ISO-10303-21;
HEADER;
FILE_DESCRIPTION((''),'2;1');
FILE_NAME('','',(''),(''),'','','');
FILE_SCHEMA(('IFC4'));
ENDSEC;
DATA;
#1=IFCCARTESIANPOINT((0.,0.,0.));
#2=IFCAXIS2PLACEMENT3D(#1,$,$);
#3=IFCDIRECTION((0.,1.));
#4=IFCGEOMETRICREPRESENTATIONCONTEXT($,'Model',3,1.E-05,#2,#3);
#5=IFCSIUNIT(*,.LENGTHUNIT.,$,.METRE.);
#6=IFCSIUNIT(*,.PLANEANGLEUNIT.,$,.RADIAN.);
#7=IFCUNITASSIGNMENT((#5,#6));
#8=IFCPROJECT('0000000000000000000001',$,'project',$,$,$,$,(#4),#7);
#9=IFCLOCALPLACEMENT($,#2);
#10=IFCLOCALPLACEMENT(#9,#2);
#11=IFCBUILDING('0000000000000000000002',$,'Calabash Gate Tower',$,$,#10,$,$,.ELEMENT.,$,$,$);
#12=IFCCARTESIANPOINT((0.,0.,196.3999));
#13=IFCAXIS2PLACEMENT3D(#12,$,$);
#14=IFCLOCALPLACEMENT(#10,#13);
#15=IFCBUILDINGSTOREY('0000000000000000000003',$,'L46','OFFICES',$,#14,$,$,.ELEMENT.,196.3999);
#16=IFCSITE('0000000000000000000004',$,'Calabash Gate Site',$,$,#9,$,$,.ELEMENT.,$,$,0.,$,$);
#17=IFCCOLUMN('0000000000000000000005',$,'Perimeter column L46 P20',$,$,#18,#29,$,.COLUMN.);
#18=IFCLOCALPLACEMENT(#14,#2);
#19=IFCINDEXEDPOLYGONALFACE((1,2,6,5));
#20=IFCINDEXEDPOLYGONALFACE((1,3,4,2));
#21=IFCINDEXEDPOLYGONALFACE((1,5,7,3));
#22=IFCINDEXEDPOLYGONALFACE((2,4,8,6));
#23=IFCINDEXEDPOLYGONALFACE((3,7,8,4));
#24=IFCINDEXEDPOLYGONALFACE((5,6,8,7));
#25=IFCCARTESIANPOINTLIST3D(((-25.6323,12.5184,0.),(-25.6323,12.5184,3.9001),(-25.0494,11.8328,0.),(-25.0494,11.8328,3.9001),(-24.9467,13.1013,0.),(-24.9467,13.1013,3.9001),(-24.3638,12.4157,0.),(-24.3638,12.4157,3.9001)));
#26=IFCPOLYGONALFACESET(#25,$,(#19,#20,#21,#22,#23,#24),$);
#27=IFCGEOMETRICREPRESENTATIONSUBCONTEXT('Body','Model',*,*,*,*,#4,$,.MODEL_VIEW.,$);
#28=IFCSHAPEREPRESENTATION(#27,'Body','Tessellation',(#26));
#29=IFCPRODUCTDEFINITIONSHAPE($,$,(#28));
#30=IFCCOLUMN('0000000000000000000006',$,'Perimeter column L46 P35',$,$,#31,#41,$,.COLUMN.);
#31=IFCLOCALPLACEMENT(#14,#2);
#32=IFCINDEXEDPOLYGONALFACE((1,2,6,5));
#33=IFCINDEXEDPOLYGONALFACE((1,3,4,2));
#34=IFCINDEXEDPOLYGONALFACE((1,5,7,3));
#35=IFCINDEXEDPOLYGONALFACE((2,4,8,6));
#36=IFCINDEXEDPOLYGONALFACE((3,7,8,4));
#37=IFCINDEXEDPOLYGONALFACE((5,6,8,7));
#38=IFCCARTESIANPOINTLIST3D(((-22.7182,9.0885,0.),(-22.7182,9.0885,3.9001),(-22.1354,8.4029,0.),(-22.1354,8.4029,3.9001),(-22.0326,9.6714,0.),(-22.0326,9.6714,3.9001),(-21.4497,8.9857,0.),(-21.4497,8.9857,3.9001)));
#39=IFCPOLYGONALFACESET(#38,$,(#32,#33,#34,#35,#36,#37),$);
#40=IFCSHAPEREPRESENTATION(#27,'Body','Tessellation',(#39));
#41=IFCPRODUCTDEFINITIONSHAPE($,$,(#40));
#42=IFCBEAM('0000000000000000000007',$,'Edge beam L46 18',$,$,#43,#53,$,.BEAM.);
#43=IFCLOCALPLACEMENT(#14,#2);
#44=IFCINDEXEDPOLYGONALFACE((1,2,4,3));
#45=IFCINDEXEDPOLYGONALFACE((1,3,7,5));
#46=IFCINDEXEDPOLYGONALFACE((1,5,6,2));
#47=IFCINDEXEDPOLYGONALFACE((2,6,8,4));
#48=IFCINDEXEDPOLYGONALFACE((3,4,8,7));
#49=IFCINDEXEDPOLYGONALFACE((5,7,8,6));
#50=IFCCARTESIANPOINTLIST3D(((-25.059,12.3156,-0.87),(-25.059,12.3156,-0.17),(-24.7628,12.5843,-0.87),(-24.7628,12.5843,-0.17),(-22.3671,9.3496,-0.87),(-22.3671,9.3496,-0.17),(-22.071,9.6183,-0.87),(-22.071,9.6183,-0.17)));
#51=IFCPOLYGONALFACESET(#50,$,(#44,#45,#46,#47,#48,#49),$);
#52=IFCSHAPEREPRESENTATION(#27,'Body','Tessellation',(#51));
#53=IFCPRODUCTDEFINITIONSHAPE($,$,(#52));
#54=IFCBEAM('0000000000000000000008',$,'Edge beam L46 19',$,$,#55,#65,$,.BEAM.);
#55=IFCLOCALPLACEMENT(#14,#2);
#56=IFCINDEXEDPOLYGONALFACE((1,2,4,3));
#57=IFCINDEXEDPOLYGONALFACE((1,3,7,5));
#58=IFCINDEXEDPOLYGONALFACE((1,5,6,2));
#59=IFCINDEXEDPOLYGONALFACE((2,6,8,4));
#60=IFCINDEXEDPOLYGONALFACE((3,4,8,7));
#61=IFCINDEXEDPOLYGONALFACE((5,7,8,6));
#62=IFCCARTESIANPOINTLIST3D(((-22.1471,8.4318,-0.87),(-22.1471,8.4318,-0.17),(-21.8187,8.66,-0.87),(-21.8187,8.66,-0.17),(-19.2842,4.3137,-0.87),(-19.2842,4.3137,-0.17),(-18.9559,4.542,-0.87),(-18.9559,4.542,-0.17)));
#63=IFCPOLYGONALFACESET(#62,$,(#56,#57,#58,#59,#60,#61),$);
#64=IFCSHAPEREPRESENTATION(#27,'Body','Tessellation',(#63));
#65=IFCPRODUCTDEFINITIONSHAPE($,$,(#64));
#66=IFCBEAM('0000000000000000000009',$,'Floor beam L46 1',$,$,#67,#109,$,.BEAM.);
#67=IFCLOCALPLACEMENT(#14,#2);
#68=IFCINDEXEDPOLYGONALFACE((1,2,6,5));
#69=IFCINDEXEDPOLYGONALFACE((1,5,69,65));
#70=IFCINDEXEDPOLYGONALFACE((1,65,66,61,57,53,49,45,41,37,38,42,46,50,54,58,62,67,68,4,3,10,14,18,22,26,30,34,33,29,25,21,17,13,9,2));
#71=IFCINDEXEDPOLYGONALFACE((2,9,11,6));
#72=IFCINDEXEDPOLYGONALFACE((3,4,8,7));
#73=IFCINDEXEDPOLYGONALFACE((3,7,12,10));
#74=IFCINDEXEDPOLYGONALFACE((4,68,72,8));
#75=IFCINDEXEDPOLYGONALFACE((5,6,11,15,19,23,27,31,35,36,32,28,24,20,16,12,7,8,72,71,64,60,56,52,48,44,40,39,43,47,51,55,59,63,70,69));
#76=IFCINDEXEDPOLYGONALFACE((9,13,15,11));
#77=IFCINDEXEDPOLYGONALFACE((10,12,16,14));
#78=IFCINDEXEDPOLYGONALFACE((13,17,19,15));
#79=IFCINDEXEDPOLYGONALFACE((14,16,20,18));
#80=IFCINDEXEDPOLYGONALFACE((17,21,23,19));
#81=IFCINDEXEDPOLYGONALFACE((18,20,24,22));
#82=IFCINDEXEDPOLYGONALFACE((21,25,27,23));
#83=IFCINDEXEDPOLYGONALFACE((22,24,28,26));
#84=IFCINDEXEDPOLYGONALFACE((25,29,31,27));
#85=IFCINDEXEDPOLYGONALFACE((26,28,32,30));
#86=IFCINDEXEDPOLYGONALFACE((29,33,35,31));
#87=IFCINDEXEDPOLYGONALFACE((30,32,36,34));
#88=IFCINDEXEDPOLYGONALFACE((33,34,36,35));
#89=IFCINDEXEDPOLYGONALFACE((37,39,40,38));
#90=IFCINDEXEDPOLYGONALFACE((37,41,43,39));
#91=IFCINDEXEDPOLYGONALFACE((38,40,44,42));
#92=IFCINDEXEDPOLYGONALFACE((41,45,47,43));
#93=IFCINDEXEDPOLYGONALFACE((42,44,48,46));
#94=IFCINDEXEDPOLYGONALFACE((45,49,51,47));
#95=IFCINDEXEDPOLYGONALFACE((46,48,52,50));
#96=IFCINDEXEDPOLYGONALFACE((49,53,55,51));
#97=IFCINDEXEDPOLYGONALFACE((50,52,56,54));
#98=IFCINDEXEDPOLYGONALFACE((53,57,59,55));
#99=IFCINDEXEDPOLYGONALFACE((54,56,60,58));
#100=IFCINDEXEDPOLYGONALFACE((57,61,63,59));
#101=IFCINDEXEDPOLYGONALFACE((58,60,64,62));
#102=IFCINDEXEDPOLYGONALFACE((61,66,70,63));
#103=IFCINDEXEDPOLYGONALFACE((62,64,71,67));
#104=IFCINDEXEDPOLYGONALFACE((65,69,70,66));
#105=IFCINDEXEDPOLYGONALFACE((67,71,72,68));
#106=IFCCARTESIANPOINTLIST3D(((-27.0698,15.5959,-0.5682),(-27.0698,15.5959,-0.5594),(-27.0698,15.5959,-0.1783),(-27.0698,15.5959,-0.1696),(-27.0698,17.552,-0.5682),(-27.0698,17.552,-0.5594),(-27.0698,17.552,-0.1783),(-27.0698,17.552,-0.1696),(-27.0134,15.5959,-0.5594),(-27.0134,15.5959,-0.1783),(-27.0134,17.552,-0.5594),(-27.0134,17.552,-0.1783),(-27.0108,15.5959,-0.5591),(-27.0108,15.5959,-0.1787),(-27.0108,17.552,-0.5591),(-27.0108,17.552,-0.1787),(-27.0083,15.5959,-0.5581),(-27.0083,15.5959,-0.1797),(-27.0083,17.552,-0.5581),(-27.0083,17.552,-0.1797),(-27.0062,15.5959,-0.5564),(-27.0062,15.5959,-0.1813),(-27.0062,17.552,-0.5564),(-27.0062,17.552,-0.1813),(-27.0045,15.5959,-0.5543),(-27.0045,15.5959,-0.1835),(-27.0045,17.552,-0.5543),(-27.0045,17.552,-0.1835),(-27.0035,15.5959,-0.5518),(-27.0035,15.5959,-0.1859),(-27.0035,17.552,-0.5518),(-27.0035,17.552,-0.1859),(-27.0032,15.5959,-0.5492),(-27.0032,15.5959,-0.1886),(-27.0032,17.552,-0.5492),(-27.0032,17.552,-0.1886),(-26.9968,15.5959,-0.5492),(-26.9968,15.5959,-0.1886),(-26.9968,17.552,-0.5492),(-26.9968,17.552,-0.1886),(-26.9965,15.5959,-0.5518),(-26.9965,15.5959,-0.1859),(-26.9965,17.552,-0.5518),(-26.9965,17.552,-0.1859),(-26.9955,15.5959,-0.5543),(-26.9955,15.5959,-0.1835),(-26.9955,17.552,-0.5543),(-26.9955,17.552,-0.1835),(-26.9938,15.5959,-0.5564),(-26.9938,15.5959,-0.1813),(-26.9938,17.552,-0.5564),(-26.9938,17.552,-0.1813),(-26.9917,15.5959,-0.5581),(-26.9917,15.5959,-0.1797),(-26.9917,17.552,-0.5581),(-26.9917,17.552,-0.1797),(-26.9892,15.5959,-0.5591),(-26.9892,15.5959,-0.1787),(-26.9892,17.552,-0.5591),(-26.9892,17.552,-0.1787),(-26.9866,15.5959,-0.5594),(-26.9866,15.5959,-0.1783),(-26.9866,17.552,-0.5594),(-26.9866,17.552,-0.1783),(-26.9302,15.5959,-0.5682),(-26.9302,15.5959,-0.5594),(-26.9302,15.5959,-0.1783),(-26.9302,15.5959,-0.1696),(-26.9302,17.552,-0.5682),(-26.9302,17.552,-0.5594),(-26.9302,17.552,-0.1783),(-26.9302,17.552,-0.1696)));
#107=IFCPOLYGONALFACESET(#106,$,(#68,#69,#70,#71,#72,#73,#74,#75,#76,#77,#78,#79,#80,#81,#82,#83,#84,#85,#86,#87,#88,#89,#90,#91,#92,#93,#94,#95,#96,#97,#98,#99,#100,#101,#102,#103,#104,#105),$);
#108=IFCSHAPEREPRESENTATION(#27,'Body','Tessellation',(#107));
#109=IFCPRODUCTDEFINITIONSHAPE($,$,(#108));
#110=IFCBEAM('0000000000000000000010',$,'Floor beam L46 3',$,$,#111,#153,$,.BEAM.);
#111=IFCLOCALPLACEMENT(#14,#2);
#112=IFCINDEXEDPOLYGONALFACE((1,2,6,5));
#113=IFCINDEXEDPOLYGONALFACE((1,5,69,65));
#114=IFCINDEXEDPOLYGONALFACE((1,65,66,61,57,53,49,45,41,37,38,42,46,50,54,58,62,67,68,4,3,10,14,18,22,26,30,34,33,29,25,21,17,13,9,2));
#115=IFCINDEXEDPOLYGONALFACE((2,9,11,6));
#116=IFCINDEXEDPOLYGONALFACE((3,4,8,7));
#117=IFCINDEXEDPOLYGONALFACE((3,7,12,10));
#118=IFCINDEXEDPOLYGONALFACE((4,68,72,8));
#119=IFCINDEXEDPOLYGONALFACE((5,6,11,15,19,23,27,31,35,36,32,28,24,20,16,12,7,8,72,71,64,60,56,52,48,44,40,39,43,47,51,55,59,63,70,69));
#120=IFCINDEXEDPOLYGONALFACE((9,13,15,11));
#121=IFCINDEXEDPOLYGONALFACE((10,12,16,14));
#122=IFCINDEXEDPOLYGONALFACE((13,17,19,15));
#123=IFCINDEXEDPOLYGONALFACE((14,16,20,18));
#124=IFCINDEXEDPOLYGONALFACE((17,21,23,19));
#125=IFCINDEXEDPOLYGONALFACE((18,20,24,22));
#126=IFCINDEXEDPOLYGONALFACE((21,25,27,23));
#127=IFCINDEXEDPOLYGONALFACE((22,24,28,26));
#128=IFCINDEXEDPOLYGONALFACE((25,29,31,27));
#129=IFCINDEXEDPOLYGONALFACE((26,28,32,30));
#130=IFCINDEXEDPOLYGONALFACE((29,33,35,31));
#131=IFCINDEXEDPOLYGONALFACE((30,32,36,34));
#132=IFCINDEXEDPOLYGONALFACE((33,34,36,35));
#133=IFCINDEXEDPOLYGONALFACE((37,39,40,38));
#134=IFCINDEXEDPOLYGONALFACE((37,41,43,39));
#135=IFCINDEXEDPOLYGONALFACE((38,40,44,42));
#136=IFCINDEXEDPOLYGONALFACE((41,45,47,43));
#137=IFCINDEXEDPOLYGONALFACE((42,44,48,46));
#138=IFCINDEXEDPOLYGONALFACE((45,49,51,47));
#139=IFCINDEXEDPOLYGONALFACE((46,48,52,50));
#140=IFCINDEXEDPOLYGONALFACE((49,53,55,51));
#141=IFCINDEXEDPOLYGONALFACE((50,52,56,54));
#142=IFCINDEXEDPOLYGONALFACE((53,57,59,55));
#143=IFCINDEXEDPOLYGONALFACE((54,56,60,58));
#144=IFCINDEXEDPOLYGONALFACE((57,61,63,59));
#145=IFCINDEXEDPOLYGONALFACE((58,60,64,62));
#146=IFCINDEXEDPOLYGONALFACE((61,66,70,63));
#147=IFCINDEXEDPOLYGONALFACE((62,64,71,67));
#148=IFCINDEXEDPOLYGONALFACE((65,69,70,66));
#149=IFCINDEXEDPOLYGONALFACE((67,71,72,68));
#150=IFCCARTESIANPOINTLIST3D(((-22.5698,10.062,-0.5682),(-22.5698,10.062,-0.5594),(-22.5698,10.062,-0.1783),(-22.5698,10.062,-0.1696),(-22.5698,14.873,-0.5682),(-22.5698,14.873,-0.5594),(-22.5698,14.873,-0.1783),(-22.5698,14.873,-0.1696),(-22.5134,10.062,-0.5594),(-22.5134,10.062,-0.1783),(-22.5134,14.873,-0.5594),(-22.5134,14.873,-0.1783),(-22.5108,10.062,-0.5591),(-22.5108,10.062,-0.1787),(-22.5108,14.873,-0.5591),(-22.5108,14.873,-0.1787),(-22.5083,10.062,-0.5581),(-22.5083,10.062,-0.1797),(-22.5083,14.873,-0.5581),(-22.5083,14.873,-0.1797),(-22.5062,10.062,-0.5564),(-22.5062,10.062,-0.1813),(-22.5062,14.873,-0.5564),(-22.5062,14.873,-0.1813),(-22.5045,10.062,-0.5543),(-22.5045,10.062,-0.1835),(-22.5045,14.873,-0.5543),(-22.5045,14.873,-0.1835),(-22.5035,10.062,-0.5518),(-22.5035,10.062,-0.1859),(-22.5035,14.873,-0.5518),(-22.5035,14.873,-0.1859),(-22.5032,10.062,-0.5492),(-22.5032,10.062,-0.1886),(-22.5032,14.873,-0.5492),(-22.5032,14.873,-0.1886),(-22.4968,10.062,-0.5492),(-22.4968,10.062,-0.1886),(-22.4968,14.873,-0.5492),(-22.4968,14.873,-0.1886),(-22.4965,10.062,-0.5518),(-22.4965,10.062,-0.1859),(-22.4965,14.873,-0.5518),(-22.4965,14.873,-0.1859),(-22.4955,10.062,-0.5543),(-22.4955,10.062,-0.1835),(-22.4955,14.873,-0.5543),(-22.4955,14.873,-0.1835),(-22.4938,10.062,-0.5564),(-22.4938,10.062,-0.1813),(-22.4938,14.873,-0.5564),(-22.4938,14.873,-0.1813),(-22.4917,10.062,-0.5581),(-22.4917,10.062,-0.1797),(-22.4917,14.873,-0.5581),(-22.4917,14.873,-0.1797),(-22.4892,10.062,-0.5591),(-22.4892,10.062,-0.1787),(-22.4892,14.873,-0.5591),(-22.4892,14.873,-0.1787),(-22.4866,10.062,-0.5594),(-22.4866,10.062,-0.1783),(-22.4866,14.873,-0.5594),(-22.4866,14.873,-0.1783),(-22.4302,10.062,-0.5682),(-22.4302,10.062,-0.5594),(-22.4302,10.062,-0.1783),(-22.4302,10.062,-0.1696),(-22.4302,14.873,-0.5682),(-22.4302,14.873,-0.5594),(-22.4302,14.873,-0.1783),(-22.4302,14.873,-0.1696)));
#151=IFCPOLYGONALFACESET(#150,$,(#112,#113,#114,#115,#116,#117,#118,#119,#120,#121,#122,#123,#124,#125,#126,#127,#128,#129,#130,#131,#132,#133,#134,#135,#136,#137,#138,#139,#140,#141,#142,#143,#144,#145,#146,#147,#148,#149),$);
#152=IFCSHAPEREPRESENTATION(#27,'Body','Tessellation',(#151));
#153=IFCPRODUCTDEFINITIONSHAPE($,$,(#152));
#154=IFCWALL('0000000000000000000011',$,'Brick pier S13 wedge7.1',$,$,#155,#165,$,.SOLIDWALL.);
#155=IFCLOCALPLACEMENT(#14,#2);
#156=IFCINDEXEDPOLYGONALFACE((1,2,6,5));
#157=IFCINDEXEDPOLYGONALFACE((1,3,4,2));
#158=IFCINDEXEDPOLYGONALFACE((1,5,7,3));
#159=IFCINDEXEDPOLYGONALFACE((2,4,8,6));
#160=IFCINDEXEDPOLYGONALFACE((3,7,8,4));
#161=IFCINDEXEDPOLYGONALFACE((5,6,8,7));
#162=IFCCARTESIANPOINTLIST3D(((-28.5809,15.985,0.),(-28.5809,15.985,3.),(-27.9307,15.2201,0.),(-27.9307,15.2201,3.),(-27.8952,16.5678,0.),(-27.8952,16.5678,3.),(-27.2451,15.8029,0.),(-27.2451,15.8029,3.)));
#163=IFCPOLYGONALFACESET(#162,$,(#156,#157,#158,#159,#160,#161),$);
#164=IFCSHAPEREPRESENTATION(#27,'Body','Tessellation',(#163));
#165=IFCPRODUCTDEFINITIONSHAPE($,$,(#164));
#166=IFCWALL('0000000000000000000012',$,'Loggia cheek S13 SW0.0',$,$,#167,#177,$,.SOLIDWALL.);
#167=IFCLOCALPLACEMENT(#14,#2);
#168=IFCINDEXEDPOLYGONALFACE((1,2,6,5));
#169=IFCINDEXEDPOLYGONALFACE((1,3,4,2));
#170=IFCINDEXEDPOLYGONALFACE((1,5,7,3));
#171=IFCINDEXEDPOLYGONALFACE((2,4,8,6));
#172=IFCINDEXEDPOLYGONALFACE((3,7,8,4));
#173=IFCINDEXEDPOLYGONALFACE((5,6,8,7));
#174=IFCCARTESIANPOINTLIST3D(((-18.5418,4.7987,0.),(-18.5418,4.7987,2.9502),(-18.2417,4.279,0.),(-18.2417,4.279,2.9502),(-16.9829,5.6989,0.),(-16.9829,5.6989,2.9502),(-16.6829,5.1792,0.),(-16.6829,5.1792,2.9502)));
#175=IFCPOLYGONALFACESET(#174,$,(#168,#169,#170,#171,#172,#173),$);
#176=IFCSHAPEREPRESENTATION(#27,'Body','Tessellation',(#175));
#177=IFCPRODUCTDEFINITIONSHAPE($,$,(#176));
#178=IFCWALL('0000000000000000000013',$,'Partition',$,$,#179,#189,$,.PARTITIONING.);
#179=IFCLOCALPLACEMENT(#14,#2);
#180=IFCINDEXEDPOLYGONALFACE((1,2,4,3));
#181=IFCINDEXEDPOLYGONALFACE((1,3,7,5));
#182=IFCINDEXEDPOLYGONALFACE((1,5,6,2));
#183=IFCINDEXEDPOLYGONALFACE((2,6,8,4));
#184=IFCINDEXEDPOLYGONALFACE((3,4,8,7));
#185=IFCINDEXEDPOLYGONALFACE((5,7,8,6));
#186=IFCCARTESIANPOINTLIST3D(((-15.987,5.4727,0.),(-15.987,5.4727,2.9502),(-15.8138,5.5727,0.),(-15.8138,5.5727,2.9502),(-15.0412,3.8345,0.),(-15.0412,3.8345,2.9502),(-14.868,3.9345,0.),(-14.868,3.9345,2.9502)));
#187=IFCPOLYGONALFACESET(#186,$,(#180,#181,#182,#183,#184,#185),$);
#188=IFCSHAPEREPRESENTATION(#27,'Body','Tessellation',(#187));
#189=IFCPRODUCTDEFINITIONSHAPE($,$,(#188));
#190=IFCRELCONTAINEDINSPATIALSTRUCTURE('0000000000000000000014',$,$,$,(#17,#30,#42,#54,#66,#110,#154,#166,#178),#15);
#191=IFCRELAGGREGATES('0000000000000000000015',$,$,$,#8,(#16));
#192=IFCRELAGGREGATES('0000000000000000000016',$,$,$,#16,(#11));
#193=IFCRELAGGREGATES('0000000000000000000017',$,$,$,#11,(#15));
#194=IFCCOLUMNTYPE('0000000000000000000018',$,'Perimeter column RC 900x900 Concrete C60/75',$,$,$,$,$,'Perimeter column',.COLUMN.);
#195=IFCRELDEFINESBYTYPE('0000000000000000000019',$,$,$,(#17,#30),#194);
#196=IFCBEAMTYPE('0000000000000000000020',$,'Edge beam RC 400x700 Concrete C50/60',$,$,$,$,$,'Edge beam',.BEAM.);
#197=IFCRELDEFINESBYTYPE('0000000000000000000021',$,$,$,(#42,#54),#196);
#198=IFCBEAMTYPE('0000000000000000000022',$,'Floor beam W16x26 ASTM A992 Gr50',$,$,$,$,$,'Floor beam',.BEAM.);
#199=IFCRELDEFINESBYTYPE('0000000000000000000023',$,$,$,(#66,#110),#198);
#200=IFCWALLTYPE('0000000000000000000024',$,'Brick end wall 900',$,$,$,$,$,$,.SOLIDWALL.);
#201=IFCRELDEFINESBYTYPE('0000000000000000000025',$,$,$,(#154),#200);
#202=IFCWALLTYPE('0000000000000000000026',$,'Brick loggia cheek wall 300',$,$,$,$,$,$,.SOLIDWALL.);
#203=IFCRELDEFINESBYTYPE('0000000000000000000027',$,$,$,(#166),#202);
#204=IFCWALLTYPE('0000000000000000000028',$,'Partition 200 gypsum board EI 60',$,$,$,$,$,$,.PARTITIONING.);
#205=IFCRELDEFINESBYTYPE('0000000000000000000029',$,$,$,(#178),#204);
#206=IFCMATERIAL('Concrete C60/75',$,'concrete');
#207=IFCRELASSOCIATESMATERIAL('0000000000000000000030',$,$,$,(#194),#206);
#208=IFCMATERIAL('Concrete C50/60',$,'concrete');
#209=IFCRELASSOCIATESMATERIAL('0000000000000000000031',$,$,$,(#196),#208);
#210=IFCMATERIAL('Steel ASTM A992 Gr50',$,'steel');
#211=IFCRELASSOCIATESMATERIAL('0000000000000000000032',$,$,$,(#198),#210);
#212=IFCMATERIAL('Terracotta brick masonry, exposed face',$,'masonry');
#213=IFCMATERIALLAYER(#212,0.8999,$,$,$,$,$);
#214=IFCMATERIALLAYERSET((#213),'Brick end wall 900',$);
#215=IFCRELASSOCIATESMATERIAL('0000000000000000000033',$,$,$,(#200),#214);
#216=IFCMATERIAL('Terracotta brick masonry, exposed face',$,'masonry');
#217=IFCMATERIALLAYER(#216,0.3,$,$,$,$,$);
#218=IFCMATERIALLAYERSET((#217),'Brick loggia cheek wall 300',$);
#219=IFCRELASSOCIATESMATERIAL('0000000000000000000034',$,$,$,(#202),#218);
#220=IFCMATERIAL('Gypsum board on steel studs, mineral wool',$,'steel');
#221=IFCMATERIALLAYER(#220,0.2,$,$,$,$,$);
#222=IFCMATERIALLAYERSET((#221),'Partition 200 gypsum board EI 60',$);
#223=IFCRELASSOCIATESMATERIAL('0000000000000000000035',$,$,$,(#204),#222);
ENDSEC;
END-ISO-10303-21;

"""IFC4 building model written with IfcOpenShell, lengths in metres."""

from ifc_helpers import new_model, si_unit, direction, frame, frame_2d, origin, origin_2d, place, context, subcontext, project, spatial, rectangle, i_section, extrude, material, layer, layer_set, material_profile, profile_set, type_object, element, save


model = new_model("IFC4")

# Units and contexts
model_context = context("Model", 3, precision=1e-05, world=origin(), true_north=direction((0.0, 1.0)))
body_context = subcontext(model_context, "Body", "Model", "MODEL_VIEW")
ifc_project = project(units=[si_unit("LENGTHUNIT", "METRE"), si_unit("PLANEANGLEUNIT", "RADIAN")], contexts=[model_context])

# Site, building, storey
site_placement = place(None, origin())
site = spatial("IfcSite", under=ifc_project, at=site_placement, Name="Calabash Gate Site", CompositionType="ELEMENT", RefElevation=0.0)
building_placement = place(site_placement, origin())
building = spatial("IfcBuilding", under=site, at=building_placement, Name="Calabash Gate Tower", CompositionType="ELEMENT")
storey_placement = place(building_placement, frame((0.0, 0.0, 196.3999)))
storey = spatial("IfcBuildingStorey", under=building, at=storey_placement, Name="L46", Description="OFFICES", CompositionType="ELEMENT", Elevation=196.3999)

# Columns
ifc_material_1 = material(Name="Concrete C60/75", Category="concrete")
ifc_material_profile_1 = material_profile(ifc_material_1, rectangle(XDim=0.8999, YDim=0.8999, at=origin_2d()))
ifc_profile_set_1 = profile_set([ifc_material_profile_1], Name="Concrete C60/75")
column_type = type_object("IfcColumnType", Name="Perimeter column RC 900x900 Concrete C60/75", ElementType="Perimeter column", PredefinedType="COLUMN", material=ifc_profile_set_1)
for number, where, z_axis, x_axis, name in (
    (1, (-24.998, 12.467, 0.0), (0.0, 0.0, 1.0), (0.647704, -0.761892, 0.0), "Perimeter column L46 P20"),
    (2, (-22.084, 9.0371, 0.0), (0.0, 0.0, 1.0), (0.647704, -0.761892, 0.0), "Perimeter column L46 P35"),
):
    element("IfcColumn", number, at=place(storey_placement, frame(where, z_axis=z_axis, x_axis=x_axis)), inside=storey, type_object=column_type, Name=name, PredefinedType="COLUMN", context=body_context, shape_type="SweptSolid", body=[
        extrude(rectangle(XDim=0.8999, YDim=0.8999, at=origin_2d()), origin(), (0.0, 0.0, 1.0), 3.9001),
    ])

# Beams
ifc_material_2 = material(Name="Concrete C50/60", Category="concrete")
ifc_material_profile_2 = material_profile(ifc_material_2, rectangle(XDim=0.3999, YDim=0.7, at=origin_2d()))
ifc_profile_set_2 = profile_set([ifc_material_profile_2], Name="Concrete C50/60")
beam_type_1 = type_object("IfcBeamType", Name="Edge beam RC 400x700 Concrete C50/60", ElementType="Edge beam", PredefinedType="BEAM", material=ifc_profile_set_2)
beam_1_placement = place(storey_placement, frame((-24.9109, 12.45, -0.52), z_axis=(0.672054, -0.740502, 0.0), x_axis=(0.740502, 0.672054, 0.0)))
element("IfcBeam", 3, at=beam_1_placement, inside=storey, type_object=beam_type_1, Name="Edge beam L46 18", PredefinedType="BEAM", context=body_context, shape_type="SweptSolid", body=[
    extrude(rectangle(XDim=0.3999, YDim=0.7, at=origin_2d()), origin(), (0.0, 0.0, 1.0), 4.0054),
])
beam_2_placement = place(storey_placement, frame((-21.9829, 8.5459, -0.52), z_axis=(0.570816, -0.821078, 0.0), x_axis=(0.821078, 0.570816, 0.0)))
element("IfcBeam", 4, at=beam_2_placement, inside=storey, type_object=beam_type_1, Name="Edge beam L46 19", PredefinedType="BEAM", context=body_context, shape_type="SweptSolid", body=[
    extrude(rectangle(XDim=0.3999, YDim=0.7, at=origin_2d()), origin(), (0.0, 0.0, 1.0), 5.0154),
])
ifc_material_3 = material(Name="Steel ASTM A992 Gr50", Category="steel")
ifc_material_profile_3 = material_profile(ifc_material_3, i_section(OverallWidth=0.1396, OverallDepth=0.3987, WebThickness=0.0063, FlangeThickness=0.0088, FilletRadius=0.0103, at=origin_2d()))
ifc_profile_set_3 = profile_set([ifc_material_profile_3], Name="Steel ASTM A992 Gr50")
beam_type_2 = type_object("IfcBeamType", Name="Floor beam W16x26 ASTM A992 Gr50", ElementType="Floor beam", PredefinedType="BEAM", material=ifc_profile_set_3)
beam_3_placement = place(storey_placement, frame((-27.0, 15.5959, -0.3689), z_axis=(0.0, 1.0, 0.0), x_axis=(-1.0, 0.0, 0.0)))
element("IfcBeam", 5, at=beam_3_placement, inside=storey, type_object=beam_type_2, Name="Floor beam L46 1", PredefinedType="BEAM", context=body_context, shape_type="SweptSolid", body=[
    extrude(i_section(OverallWidth=0.1396, OverallDepth=0.3987, WebThickness=0.0063, FlangeThickness=0.0088, FilletRadius=0.0103, at=origin_2d()), origin(), (0.0, 0.0, 1.0), 1.9561),
])
beam_4_placement = place(storey_placement, frame((-22.5, 10.062, -0.3689), z_axis=(0.0, 1.0, 0.0), x_axis=(-1.0, 0.0, 0.0)))
element("IfcBeam", 6, at=beam_4_placement, inside=storey, type_object=beam_type_2, Name="Floor beam L46 3", PredefinedType="BEAM", context=body_context, shape_type="SweptSolid", body=[
    extrude(i_section(OverallWidth=0.1396, OverallDepth=0.3987, WebThickness=0.0063, FlangeThickness=0.0088, FilletRadius=0.0103, at=origin_2d()), origin(), (0.0, 0.0, 1.0), 4.811),
])

# Walls
ifc_material_4 = material(Name="Terracotta brick masonry, exposed face", Category="masonry")
ifc_layer_1 = layer(ifc_material_4, 0.8999)
ifc_layer_set_1 = layer_set([ifc_layer_1], Name="Brick end wall 900")
wall_type_1 = type_object("IfcWallType", Name="Brick end wall 900", PredefinedType="SOLIDWALL", material=ifc_layer_set_1)
wall_1_placement = place(storey_placement, frame((-27.5879, 15.5115, 0.0), z_axis=(0.0, 0.0, 1.0), x_axis=(-0.647641, 0.761945, 0.0)))
element("IfcWall", 7, at=wall_1_placement, inside=storey, type_object=wall_type_1, Name="Brick pier S13 wedge7.1", PredefinedType="SOLIDWALL", context=body_context, shape_type="SweptSolid", body=[
    extrude(rectangle(XDim=1.0039, YDim=0.8999, at=frame_2d((0.502, 0.0))), origin(), (0.0, 0.0, 1.0), 3.0),
])
ifc_material_5 = material(Name="Terracotta brick masonry, exposed face", Category="masonry")
ifc_layer_2 = layer(ifc_material_5, 0.3)
ifc_layer_set_2 = layer_set([ifc_layer_2], Name="Brick loggia cheek wall 300")
wall_type_2 = type_object("IfcWallType", Name="Brick loggia cheek wall 300", PredefinedType="SOLIDWALL", material=ifc_layer_set_2)
wall_2_placement = place(storey_placement, frame((-16.833, 5.439, 0.0), z_axis=(0.0, 0.0, 1.0), x_axis=(-0.865989, -0.500063, 0.0)))
element("IfcWall", 8, at=wall_2_placement, inside=storey, type_object=wall_type_2, Name="Loggia cheek S13 SW0.0", PredefinedType="SOLIDWALL", context=body_context, shape_type="SweptSolid", body=[
    extrude(rectangle(XDim=1.8, YDim=0.6001, at=frame_2d((0.8999, 0.0))), origin(), (0.0, 0.0, 1.0), 2.9502),
])
ifc_material_6 = material(Name="Gypsum board on steel studs, mineral wool", Category="steel")
ifc_layer_3 = layer(ifc_material_6, 0.2)
ifc_layer_set_3 = layer_set([ifc_layer_3], Name="Partition 200 gypsum board EI 60")
wall_type_3 = type_object("IfcWallType", Name="Partition 200 gypsum board EI 60", PredefinedType="PARTITIONING", material=ifc_layer_set_3)
wall_3_placement = place(storey_placement, frame((-15.9004, 5.5227, 0.0), z_axis=(0.0, 0.0, 1.0), x_axis=(0.499998, -0.866027, 0.0)))
element("IfcWall", 9, at=wall_3_placement, inside=storey, type_object=wall_type_3, Name="Partition", PredefinedType="PARTITIONING", context=body_context, shape_type="SweptSolid", body=[
    extrude(rectangle(XDim=1.8916, YDim=0.2, at=frame_2d((0.9458, 0.0))), origin(), (0.0, 0.0, 1.0), 2.9502),
])

save(model, "model.ifc")
